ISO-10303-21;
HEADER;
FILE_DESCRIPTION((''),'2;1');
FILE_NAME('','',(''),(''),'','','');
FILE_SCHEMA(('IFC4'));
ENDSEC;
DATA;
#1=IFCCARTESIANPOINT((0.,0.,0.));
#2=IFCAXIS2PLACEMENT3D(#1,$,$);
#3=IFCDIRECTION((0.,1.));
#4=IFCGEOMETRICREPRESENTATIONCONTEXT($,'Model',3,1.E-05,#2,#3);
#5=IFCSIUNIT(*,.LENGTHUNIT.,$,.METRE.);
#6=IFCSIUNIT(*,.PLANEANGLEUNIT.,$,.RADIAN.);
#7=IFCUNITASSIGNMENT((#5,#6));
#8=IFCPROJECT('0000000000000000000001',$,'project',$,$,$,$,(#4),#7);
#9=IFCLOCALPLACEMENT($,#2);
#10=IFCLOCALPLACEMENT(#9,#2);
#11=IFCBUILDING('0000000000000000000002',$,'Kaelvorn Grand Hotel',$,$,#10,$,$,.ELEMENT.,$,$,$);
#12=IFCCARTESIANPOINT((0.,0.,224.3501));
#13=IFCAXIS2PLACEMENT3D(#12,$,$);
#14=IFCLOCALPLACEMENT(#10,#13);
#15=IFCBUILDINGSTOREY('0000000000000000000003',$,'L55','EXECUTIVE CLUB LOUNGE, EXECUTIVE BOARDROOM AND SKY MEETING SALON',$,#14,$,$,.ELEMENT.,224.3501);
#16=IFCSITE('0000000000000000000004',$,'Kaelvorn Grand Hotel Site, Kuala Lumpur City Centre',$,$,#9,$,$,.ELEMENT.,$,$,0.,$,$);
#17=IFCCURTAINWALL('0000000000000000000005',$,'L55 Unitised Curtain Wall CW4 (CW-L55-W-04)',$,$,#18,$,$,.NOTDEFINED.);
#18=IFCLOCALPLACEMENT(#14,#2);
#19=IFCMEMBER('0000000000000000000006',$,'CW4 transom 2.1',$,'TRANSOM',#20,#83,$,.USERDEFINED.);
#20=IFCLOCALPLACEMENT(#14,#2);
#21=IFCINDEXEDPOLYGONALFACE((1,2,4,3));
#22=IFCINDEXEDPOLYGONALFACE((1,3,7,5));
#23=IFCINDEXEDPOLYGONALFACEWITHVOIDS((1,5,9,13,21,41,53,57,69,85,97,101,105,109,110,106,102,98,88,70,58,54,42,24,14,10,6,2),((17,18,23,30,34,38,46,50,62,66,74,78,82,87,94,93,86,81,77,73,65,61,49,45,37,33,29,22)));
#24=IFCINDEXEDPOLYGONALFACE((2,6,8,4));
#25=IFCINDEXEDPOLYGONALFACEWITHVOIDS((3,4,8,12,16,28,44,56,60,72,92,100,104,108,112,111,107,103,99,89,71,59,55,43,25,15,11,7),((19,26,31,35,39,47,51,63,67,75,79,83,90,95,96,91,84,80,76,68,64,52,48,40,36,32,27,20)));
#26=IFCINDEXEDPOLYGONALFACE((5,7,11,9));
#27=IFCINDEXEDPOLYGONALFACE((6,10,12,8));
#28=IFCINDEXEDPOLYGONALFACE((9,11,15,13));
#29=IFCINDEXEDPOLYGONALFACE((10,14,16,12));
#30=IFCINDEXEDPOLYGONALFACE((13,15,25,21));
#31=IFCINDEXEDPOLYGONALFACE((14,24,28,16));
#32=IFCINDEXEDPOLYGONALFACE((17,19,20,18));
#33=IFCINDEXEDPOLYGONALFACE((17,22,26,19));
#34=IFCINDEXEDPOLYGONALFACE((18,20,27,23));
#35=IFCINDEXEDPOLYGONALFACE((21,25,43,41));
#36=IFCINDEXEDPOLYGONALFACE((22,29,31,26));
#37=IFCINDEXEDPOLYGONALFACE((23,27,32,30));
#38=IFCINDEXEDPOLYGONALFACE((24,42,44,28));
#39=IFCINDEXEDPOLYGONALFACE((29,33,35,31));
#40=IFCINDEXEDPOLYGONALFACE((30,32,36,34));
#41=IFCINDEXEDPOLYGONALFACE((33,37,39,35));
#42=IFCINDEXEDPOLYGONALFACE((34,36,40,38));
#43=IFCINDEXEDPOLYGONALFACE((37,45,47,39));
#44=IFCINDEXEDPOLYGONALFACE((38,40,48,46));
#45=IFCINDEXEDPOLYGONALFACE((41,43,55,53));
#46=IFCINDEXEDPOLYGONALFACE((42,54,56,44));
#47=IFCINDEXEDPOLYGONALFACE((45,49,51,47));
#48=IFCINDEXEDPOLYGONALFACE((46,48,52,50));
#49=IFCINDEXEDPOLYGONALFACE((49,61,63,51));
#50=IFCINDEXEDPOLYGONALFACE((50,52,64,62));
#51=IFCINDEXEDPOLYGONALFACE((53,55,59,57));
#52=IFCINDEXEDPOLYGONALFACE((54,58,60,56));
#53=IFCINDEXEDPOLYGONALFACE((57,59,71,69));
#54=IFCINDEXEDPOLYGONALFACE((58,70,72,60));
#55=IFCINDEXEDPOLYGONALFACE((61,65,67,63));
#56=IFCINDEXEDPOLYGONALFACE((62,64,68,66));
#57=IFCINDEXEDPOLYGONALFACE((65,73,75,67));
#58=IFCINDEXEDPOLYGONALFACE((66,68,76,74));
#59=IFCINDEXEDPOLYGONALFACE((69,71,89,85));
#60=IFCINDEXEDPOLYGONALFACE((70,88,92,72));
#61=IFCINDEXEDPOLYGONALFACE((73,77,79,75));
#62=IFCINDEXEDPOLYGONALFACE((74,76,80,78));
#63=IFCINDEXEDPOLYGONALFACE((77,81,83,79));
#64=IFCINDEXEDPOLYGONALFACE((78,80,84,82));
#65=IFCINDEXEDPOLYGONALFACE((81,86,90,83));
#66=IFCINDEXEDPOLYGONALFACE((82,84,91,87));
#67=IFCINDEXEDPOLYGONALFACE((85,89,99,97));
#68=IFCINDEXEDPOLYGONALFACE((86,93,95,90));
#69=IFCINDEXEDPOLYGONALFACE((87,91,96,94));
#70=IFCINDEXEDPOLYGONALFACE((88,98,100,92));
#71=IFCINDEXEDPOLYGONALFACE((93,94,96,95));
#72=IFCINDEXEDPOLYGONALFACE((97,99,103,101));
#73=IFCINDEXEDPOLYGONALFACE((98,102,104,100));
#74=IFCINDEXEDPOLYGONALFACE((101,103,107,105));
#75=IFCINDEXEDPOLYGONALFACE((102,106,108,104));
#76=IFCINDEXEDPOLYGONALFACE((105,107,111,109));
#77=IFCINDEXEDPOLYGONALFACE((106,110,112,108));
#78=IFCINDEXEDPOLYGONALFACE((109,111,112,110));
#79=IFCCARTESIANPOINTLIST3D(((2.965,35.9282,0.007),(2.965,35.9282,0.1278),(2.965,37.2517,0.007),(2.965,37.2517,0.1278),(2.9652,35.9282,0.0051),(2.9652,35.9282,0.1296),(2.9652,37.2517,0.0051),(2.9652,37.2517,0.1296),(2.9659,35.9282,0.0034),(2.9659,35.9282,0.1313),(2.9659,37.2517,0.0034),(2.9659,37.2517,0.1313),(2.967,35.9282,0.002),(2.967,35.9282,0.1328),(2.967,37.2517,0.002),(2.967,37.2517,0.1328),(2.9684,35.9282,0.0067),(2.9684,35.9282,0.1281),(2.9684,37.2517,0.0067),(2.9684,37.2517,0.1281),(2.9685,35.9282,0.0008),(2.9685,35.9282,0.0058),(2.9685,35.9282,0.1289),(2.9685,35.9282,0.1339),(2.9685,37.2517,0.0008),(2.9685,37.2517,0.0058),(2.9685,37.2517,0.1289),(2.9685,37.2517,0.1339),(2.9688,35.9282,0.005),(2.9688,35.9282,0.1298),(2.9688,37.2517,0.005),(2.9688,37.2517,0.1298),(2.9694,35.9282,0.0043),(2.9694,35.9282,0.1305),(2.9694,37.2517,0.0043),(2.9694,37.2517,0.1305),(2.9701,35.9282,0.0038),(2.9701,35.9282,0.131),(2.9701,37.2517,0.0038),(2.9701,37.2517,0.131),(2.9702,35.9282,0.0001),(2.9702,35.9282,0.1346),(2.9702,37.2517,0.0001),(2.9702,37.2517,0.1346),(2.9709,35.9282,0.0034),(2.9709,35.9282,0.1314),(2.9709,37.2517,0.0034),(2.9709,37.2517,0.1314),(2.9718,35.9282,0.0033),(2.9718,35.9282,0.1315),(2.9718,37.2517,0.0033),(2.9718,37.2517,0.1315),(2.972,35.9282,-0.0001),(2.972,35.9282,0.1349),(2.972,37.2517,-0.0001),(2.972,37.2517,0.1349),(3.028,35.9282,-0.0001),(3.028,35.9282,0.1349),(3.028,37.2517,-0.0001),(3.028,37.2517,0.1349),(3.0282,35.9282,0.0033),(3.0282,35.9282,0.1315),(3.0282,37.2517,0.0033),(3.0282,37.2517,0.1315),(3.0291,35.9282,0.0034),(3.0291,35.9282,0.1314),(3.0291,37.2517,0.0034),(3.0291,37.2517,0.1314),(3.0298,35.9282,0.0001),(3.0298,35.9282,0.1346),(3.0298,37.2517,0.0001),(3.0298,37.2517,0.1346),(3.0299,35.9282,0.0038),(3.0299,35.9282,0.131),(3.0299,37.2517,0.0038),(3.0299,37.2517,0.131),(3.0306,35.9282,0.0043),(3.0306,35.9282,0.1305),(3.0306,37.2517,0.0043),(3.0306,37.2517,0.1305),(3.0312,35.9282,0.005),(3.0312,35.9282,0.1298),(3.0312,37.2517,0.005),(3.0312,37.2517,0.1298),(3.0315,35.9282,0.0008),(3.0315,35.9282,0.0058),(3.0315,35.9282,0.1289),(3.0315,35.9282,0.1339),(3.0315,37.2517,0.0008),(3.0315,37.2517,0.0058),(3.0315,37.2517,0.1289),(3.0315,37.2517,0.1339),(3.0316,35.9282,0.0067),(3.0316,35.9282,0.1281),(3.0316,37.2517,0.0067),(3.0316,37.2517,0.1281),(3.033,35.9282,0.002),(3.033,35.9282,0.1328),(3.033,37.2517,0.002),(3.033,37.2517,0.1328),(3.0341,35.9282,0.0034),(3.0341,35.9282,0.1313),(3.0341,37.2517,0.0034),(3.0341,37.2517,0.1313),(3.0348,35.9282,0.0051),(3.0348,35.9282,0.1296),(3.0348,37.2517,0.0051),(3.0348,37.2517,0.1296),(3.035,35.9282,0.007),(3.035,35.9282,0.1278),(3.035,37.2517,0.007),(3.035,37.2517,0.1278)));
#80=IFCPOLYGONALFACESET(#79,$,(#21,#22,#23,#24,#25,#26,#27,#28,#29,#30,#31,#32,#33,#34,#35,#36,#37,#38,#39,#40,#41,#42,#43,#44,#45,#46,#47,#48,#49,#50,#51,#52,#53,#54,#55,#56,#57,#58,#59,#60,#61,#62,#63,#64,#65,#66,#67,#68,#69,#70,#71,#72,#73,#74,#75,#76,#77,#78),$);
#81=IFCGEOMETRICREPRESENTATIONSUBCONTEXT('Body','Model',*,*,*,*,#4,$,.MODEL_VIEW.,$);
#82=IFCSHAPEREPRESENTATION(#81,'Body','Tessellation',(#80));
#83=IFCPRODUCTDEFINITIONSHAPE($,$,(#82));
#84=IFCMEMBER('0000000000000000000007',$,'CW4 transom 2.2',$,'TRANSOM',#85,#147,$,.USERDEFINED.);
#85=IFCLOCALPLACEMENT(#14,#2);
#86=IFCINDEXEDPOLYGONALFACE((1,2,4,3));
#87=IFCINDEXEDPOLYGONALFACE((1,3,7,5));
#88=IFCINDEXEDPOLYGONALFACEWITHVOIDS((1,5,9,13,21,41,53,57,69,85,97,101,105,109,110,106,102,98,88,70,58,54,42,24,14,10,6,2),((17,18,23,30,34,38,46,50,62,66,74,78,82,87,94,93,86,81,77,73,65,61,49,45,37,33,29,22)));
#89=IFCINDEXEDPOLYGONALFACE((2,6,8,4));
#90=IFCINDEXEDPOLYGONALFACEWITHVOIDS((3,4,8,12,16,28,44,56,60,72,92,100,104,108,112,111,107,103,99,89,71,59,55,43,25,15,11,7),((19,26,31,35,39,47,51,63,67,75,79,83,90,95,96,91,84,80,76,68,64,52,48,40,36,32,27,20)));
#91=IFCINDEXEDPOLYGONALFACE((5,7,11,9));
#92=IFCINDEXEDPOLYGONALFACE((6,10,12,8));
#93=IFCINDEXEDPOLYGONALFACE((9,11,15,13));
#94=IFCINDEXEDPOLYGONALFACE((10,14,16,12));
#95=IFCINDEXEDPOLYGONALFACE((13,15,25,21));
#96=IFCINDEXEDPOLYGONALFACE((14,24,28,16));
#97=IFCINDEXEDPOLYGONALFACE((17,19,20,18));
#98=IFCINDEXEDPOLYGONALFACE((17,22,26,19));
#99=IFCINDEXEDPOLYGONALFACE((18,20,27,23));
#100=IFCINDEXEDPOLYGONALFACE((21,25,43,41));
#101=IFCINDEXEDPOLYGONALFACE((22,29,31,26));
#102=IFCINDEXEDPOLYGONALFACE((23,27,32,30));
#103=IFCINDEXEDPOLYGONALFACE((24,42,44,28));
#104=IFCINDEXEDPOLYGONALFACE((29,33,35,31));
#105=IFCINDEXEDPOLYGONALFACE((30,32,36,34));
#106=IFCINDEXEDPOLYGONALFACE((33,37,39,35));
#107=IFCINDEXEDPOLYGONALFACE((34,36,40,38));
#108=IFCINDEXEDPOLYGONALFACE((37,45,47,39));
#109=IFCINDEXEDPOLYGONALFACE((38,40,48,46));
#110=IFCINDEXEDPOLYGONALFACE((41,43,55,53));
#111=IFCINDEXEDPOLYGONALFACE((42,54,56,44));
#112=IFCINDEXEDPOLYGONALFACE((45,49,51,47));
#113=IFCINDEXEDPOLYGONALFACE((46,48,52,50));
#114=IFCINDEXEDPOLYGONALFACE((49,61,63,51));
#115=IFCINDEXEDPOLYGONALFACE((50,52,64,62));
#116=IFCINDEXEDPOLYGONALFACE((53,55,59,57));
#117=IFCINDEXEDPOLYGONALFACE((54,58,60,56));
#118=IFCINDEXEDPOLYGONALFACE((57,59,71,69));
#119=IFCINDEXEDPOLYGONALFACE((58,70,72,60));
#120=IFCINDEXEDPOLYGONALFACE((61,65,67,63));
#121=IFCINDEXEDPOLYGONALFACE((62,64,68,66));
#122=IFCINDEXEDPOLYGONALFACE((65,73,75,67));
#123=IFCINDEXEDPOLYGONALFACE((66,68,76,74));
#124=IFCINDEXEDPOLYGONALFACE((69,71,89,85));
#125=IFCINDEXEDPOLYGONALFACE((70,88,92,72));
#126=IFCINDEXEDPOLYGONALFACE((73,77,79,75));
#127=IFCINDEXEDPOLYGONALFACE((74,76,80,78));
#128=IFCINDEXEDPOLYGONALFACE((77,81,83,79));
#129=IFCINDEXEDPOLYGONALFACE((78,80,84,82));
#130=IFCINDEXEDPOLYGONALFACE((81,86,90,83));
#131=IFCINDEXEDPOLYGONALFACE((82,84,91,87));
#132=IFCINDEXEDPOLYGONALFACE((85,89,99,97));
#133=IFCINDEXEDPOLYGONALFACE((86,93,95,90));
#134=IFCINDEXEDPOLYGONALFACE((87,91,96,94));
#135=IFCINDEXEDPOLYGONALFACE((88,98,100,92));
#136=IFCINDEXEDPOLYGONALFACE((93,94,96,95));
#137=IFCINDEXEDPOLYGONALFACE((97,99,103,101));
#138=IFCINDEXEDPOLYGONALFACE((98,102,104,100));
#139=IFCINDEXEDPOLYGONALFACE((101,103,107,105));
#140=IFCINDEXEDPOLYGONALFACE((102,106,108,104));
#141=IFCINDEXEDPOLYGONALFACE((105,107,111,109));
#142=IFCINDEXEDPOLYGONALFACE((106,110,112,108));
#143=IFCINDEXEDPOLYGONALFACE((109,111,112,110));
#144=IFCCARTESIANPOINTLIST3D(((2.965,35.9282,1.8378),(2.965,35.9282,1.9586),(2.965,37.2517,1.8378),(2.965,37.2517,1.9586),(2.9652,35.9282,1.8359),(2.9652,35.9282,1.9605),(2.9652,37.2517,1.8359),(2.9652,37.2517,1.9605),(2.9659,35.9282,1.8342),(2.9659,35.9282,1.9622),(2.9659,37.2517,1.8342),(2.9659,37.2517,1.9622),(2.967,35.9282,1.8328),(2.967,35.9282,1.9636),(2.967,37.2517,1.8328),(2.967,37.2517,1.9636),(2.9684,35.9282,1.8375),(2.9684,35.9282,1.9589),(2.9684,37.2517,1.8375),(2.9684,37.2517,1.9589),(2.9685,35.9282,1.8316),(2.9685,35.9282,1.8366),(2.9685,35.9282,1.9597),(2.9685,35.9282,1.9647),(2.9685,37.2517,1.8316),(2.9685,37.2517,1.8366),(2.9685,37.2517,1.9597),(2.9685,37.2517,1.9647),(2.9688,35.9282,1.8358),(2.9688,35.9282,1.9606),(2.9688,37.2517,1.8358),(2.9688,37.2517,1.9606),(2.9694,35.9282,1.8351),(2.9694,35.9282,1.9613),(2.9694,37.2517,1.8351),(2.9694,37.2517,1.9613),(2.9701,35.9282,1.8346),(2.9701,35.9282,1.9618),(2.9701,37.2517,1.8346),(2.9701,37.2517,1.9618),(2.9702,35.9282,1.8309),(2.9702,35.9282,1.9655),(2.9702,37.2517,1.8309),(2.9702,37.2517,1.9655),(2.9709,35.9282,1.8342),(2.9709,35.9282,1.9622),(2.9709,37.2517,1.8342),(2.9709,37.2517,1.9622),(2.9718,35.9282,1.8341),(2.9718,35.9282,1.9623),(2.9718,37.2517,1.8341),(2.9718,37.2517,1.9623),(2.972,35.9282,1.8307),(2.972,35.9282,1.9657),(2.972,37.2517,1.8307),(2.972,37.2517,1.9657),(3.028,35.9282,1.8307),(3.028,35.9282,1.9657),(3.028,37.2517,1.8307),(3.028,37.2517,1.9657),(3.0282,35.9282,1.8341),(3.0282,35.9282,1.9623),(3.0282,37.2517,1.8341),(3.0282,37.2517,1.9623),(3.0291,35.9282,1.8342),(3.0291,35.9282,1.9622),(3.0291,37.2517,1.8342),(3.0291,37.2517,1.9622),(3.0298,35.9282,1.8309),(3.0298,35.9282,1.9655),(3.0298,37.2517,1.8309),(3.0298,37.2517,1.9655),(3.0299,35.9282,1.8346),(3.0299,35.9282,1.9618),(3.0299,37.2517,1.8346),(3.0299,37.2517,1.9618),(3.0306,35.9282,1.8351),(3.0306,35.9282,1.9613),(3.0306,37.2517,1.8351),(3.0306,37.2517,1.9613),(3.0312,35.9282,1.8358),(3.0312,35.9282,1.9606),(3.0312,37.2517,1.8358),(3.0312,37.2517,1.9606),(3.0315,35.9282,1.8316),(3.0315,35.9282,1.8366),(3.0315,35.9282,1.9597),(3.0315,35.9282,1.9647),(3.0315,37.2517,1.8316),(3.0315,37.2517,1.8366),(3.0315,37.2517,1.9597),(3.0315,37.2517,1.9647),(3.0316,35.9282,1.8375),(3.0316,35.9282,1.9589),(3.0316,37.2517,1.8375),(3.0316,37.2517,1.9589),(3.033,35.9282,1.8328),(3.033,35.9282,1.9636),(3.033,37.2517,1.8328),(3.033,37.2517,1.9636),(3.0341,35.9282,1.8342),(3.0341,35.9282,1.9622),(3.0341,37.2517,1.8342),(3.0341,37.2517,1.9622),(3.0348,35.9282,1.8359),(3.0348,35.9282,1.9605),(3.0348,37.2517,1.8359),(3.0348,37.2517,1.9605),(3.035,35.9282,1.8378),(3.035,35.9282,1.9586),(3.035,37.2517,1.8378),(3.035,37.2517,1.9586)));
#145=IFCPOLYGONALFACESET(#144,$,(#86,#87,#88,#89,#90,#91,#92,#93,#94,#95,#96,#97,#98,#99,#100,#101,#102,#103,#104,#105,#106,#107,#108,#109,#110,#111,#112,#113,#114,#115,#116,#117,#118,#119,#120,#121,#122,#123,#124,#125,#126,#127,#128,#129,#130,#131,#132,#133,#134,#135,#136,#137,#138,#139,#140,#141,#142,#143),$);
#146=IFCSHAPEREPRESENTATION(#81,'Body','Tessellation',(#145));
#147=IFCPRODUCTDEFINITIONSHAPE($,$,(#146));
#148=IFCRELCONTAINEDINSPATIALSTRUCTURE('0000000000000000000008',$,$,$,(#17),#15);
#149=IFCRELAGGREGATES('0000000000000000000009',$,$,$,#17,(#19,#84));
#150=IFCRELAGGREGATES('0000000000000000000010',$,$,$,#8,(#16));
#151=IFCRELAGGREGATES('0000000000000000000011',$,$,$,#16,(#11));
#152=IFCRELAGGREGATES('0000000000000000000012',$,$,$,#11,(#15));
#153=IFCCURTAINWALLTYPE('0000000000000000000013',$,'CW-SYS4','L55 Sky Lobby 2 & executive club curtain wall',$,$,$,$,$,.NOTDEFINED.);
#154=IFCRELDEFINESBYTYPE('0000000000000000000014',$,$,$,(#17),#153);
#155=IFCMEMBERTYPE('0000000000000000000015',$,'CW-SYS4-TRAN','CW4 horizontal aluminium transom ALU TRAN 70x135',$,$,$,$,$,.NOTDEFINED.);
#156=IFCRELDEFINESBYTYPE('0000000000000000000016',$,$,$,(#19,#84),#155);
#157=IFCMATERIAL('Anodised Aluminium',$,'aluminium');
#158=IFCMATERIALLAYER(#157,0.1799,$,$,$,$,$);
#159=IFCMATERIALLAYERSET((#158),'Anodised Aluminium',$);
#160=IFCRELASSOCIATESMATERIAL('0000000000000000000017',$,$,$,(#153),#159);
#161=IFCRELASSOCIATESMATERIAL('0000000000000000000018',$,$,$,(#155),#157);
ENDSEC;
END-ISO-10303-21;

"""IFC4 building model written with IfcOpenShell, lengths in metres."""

from ifc_helpers import new_model, si_unit, direction, frame, origin, origin_2d, place, context, subcontext, project, spatial, hollow_rectangle, extrude, material, layer, layer_set, material_profile, profile_set, type_object, element, aggregate, save


model = new_model("IFC4")

# Units and contexts
model_context = context("Model", 3, precision=1e-05, world=origin(), true_north=direction((0.0, 1.0)))
body_context = subcontext(model_context, "Body", "Model", "MODEL_VIEW")
ifc_project = project(units=[si_unit("LENGTHUNIT", "METRE"), si_unit("PLANEANGLEUNIT", "RADIAN")], contexts=[model_context])

# Site, building, storey
site_placement = place(None, origin())
site = spatial("IfcSite", under=ifc_project, at=site_placement, Name="Kaelvorn Grand Hotel Site, Kuala Lumpur City Centre", CompositionType="ELEMENT", RefElevation=0.0)
building_placement = place(site_placement, origin())
building = spatial("IfcBuilding", under=site, at=building_placement, Name="Kaelvorn Grand Hotel", CompositionType="ELEMENT")
storey_placement = place(building_placement, frame((0.0, 0.0, 224.3501)))
storey = spatial("IfcBuildingStorey", under=building, at=storey_placement, Name="L55", Description="EXECUTIVE CLUB LOUNGE, EXECUTIVE BOARDROOM AND SKY MEETING SALON", CompositionType="ELEMENT", Elevation=224.3501)

# Curtain wall
ifc_material_1 = material(Name="Anodised Aluminium", Category="aluminium")
ifc_layer_1 = layer(ifc_material_1, 0.1799)
ifc_layer_set_1 = layer_set([ifc_layer_1], Name="Anodised Aluminium")
curtain_wall_type = type_object("IfcCurtainWallType", Name="CW-SYS4", Description="L55 Sky Lobby 2 & executive club curtain wall", PredefinedType="NOTDEFINED", material=ifc_layer_set_1)
curtain_wall_1_placement = place(storey_placement, origin())
curtain_wall_1 = element("IfcCurtainWall", 1, at=curtain_wall_1_placement, inside=storey, type_object=curtain_wall_type, Name="L55 Unitised Curtain Wall CW4 (CW-L55-W-04)", PredefinedType="NOTDEFINED")

# Members
ifc_material_profile_1 = material_profile(ifc_material_1, hollow_rectangle(XDim=0.0701, YDim=0.135, WallThickness=0.0034, InnerFilletRadius=0.0034, OuterFilletRadius=0.0071, at=origin_2d()), Name="ALU TRAN 70x135")
ifc_profile_set_1 = profile_set([ifc_material_profile_1], Name="Anodised Aluminium")
member_type_1 = type_object("IfcMemberType", Name="CW-SYS4-TRAN", Description="CW4 horizontal aluminium transom ALU TRAN 70x135", PredefinedType="NOTDEFINED", material=ifc_profile_set_1)
member_1_placement = place(storey_placement, frame((3.0, 37.2517, 0.0674), z_axis=(0.0, -1.0, 0.0), x_axis=(1.0, 0.0, 0.0)))
member_1 = element("IfcMember", 2, at=member_1_placement, type_object=member_type_1, Name="CW4 transom 2.1", ObjectType="TRANSOM", PredefinedType="USERDEFINED", context=body_context, shape_type="SweptSolid", body=[
    extrude(hollow_rectangle(XDim=0.0701, YDim=0.135, WallThickness=0.0034, InnerFilletRadius=0.0034, OuterFilletRadius=0.0071, at=origin_2d()), origin(), (0.0, 0.0, 1.0), 1.3235),
])
member_2_placement = place(storey_placement, frame((3.0, 37.2517, 1.8982), z_axis=(0.0, -1.0, 0.0), x_axis=(1.0, 0.0, 0.0)))
member_2 = element("IfcMember", 3, at=member_2_placement, type_object=member_type_1, Name="CW4 transom 2.2", ObjectType="TRANSOM", PredefinedType="USERDEFINED", context=body_context, shape_type="SweptSolid", body=[
    extrude(hollow_rectangle(XDim=0.0701, YDim=0.135, WallThickness=0.0034, InnerFilletRadius=0.0034, OuterFilletRadius=0.0071, at=origin_2d()), origin(), (0.0, 0.0, 1.0), 1.3235),
])

aggregate(curtain_wall_1, [member_1, member_2])

save(model, "model.ifc")
